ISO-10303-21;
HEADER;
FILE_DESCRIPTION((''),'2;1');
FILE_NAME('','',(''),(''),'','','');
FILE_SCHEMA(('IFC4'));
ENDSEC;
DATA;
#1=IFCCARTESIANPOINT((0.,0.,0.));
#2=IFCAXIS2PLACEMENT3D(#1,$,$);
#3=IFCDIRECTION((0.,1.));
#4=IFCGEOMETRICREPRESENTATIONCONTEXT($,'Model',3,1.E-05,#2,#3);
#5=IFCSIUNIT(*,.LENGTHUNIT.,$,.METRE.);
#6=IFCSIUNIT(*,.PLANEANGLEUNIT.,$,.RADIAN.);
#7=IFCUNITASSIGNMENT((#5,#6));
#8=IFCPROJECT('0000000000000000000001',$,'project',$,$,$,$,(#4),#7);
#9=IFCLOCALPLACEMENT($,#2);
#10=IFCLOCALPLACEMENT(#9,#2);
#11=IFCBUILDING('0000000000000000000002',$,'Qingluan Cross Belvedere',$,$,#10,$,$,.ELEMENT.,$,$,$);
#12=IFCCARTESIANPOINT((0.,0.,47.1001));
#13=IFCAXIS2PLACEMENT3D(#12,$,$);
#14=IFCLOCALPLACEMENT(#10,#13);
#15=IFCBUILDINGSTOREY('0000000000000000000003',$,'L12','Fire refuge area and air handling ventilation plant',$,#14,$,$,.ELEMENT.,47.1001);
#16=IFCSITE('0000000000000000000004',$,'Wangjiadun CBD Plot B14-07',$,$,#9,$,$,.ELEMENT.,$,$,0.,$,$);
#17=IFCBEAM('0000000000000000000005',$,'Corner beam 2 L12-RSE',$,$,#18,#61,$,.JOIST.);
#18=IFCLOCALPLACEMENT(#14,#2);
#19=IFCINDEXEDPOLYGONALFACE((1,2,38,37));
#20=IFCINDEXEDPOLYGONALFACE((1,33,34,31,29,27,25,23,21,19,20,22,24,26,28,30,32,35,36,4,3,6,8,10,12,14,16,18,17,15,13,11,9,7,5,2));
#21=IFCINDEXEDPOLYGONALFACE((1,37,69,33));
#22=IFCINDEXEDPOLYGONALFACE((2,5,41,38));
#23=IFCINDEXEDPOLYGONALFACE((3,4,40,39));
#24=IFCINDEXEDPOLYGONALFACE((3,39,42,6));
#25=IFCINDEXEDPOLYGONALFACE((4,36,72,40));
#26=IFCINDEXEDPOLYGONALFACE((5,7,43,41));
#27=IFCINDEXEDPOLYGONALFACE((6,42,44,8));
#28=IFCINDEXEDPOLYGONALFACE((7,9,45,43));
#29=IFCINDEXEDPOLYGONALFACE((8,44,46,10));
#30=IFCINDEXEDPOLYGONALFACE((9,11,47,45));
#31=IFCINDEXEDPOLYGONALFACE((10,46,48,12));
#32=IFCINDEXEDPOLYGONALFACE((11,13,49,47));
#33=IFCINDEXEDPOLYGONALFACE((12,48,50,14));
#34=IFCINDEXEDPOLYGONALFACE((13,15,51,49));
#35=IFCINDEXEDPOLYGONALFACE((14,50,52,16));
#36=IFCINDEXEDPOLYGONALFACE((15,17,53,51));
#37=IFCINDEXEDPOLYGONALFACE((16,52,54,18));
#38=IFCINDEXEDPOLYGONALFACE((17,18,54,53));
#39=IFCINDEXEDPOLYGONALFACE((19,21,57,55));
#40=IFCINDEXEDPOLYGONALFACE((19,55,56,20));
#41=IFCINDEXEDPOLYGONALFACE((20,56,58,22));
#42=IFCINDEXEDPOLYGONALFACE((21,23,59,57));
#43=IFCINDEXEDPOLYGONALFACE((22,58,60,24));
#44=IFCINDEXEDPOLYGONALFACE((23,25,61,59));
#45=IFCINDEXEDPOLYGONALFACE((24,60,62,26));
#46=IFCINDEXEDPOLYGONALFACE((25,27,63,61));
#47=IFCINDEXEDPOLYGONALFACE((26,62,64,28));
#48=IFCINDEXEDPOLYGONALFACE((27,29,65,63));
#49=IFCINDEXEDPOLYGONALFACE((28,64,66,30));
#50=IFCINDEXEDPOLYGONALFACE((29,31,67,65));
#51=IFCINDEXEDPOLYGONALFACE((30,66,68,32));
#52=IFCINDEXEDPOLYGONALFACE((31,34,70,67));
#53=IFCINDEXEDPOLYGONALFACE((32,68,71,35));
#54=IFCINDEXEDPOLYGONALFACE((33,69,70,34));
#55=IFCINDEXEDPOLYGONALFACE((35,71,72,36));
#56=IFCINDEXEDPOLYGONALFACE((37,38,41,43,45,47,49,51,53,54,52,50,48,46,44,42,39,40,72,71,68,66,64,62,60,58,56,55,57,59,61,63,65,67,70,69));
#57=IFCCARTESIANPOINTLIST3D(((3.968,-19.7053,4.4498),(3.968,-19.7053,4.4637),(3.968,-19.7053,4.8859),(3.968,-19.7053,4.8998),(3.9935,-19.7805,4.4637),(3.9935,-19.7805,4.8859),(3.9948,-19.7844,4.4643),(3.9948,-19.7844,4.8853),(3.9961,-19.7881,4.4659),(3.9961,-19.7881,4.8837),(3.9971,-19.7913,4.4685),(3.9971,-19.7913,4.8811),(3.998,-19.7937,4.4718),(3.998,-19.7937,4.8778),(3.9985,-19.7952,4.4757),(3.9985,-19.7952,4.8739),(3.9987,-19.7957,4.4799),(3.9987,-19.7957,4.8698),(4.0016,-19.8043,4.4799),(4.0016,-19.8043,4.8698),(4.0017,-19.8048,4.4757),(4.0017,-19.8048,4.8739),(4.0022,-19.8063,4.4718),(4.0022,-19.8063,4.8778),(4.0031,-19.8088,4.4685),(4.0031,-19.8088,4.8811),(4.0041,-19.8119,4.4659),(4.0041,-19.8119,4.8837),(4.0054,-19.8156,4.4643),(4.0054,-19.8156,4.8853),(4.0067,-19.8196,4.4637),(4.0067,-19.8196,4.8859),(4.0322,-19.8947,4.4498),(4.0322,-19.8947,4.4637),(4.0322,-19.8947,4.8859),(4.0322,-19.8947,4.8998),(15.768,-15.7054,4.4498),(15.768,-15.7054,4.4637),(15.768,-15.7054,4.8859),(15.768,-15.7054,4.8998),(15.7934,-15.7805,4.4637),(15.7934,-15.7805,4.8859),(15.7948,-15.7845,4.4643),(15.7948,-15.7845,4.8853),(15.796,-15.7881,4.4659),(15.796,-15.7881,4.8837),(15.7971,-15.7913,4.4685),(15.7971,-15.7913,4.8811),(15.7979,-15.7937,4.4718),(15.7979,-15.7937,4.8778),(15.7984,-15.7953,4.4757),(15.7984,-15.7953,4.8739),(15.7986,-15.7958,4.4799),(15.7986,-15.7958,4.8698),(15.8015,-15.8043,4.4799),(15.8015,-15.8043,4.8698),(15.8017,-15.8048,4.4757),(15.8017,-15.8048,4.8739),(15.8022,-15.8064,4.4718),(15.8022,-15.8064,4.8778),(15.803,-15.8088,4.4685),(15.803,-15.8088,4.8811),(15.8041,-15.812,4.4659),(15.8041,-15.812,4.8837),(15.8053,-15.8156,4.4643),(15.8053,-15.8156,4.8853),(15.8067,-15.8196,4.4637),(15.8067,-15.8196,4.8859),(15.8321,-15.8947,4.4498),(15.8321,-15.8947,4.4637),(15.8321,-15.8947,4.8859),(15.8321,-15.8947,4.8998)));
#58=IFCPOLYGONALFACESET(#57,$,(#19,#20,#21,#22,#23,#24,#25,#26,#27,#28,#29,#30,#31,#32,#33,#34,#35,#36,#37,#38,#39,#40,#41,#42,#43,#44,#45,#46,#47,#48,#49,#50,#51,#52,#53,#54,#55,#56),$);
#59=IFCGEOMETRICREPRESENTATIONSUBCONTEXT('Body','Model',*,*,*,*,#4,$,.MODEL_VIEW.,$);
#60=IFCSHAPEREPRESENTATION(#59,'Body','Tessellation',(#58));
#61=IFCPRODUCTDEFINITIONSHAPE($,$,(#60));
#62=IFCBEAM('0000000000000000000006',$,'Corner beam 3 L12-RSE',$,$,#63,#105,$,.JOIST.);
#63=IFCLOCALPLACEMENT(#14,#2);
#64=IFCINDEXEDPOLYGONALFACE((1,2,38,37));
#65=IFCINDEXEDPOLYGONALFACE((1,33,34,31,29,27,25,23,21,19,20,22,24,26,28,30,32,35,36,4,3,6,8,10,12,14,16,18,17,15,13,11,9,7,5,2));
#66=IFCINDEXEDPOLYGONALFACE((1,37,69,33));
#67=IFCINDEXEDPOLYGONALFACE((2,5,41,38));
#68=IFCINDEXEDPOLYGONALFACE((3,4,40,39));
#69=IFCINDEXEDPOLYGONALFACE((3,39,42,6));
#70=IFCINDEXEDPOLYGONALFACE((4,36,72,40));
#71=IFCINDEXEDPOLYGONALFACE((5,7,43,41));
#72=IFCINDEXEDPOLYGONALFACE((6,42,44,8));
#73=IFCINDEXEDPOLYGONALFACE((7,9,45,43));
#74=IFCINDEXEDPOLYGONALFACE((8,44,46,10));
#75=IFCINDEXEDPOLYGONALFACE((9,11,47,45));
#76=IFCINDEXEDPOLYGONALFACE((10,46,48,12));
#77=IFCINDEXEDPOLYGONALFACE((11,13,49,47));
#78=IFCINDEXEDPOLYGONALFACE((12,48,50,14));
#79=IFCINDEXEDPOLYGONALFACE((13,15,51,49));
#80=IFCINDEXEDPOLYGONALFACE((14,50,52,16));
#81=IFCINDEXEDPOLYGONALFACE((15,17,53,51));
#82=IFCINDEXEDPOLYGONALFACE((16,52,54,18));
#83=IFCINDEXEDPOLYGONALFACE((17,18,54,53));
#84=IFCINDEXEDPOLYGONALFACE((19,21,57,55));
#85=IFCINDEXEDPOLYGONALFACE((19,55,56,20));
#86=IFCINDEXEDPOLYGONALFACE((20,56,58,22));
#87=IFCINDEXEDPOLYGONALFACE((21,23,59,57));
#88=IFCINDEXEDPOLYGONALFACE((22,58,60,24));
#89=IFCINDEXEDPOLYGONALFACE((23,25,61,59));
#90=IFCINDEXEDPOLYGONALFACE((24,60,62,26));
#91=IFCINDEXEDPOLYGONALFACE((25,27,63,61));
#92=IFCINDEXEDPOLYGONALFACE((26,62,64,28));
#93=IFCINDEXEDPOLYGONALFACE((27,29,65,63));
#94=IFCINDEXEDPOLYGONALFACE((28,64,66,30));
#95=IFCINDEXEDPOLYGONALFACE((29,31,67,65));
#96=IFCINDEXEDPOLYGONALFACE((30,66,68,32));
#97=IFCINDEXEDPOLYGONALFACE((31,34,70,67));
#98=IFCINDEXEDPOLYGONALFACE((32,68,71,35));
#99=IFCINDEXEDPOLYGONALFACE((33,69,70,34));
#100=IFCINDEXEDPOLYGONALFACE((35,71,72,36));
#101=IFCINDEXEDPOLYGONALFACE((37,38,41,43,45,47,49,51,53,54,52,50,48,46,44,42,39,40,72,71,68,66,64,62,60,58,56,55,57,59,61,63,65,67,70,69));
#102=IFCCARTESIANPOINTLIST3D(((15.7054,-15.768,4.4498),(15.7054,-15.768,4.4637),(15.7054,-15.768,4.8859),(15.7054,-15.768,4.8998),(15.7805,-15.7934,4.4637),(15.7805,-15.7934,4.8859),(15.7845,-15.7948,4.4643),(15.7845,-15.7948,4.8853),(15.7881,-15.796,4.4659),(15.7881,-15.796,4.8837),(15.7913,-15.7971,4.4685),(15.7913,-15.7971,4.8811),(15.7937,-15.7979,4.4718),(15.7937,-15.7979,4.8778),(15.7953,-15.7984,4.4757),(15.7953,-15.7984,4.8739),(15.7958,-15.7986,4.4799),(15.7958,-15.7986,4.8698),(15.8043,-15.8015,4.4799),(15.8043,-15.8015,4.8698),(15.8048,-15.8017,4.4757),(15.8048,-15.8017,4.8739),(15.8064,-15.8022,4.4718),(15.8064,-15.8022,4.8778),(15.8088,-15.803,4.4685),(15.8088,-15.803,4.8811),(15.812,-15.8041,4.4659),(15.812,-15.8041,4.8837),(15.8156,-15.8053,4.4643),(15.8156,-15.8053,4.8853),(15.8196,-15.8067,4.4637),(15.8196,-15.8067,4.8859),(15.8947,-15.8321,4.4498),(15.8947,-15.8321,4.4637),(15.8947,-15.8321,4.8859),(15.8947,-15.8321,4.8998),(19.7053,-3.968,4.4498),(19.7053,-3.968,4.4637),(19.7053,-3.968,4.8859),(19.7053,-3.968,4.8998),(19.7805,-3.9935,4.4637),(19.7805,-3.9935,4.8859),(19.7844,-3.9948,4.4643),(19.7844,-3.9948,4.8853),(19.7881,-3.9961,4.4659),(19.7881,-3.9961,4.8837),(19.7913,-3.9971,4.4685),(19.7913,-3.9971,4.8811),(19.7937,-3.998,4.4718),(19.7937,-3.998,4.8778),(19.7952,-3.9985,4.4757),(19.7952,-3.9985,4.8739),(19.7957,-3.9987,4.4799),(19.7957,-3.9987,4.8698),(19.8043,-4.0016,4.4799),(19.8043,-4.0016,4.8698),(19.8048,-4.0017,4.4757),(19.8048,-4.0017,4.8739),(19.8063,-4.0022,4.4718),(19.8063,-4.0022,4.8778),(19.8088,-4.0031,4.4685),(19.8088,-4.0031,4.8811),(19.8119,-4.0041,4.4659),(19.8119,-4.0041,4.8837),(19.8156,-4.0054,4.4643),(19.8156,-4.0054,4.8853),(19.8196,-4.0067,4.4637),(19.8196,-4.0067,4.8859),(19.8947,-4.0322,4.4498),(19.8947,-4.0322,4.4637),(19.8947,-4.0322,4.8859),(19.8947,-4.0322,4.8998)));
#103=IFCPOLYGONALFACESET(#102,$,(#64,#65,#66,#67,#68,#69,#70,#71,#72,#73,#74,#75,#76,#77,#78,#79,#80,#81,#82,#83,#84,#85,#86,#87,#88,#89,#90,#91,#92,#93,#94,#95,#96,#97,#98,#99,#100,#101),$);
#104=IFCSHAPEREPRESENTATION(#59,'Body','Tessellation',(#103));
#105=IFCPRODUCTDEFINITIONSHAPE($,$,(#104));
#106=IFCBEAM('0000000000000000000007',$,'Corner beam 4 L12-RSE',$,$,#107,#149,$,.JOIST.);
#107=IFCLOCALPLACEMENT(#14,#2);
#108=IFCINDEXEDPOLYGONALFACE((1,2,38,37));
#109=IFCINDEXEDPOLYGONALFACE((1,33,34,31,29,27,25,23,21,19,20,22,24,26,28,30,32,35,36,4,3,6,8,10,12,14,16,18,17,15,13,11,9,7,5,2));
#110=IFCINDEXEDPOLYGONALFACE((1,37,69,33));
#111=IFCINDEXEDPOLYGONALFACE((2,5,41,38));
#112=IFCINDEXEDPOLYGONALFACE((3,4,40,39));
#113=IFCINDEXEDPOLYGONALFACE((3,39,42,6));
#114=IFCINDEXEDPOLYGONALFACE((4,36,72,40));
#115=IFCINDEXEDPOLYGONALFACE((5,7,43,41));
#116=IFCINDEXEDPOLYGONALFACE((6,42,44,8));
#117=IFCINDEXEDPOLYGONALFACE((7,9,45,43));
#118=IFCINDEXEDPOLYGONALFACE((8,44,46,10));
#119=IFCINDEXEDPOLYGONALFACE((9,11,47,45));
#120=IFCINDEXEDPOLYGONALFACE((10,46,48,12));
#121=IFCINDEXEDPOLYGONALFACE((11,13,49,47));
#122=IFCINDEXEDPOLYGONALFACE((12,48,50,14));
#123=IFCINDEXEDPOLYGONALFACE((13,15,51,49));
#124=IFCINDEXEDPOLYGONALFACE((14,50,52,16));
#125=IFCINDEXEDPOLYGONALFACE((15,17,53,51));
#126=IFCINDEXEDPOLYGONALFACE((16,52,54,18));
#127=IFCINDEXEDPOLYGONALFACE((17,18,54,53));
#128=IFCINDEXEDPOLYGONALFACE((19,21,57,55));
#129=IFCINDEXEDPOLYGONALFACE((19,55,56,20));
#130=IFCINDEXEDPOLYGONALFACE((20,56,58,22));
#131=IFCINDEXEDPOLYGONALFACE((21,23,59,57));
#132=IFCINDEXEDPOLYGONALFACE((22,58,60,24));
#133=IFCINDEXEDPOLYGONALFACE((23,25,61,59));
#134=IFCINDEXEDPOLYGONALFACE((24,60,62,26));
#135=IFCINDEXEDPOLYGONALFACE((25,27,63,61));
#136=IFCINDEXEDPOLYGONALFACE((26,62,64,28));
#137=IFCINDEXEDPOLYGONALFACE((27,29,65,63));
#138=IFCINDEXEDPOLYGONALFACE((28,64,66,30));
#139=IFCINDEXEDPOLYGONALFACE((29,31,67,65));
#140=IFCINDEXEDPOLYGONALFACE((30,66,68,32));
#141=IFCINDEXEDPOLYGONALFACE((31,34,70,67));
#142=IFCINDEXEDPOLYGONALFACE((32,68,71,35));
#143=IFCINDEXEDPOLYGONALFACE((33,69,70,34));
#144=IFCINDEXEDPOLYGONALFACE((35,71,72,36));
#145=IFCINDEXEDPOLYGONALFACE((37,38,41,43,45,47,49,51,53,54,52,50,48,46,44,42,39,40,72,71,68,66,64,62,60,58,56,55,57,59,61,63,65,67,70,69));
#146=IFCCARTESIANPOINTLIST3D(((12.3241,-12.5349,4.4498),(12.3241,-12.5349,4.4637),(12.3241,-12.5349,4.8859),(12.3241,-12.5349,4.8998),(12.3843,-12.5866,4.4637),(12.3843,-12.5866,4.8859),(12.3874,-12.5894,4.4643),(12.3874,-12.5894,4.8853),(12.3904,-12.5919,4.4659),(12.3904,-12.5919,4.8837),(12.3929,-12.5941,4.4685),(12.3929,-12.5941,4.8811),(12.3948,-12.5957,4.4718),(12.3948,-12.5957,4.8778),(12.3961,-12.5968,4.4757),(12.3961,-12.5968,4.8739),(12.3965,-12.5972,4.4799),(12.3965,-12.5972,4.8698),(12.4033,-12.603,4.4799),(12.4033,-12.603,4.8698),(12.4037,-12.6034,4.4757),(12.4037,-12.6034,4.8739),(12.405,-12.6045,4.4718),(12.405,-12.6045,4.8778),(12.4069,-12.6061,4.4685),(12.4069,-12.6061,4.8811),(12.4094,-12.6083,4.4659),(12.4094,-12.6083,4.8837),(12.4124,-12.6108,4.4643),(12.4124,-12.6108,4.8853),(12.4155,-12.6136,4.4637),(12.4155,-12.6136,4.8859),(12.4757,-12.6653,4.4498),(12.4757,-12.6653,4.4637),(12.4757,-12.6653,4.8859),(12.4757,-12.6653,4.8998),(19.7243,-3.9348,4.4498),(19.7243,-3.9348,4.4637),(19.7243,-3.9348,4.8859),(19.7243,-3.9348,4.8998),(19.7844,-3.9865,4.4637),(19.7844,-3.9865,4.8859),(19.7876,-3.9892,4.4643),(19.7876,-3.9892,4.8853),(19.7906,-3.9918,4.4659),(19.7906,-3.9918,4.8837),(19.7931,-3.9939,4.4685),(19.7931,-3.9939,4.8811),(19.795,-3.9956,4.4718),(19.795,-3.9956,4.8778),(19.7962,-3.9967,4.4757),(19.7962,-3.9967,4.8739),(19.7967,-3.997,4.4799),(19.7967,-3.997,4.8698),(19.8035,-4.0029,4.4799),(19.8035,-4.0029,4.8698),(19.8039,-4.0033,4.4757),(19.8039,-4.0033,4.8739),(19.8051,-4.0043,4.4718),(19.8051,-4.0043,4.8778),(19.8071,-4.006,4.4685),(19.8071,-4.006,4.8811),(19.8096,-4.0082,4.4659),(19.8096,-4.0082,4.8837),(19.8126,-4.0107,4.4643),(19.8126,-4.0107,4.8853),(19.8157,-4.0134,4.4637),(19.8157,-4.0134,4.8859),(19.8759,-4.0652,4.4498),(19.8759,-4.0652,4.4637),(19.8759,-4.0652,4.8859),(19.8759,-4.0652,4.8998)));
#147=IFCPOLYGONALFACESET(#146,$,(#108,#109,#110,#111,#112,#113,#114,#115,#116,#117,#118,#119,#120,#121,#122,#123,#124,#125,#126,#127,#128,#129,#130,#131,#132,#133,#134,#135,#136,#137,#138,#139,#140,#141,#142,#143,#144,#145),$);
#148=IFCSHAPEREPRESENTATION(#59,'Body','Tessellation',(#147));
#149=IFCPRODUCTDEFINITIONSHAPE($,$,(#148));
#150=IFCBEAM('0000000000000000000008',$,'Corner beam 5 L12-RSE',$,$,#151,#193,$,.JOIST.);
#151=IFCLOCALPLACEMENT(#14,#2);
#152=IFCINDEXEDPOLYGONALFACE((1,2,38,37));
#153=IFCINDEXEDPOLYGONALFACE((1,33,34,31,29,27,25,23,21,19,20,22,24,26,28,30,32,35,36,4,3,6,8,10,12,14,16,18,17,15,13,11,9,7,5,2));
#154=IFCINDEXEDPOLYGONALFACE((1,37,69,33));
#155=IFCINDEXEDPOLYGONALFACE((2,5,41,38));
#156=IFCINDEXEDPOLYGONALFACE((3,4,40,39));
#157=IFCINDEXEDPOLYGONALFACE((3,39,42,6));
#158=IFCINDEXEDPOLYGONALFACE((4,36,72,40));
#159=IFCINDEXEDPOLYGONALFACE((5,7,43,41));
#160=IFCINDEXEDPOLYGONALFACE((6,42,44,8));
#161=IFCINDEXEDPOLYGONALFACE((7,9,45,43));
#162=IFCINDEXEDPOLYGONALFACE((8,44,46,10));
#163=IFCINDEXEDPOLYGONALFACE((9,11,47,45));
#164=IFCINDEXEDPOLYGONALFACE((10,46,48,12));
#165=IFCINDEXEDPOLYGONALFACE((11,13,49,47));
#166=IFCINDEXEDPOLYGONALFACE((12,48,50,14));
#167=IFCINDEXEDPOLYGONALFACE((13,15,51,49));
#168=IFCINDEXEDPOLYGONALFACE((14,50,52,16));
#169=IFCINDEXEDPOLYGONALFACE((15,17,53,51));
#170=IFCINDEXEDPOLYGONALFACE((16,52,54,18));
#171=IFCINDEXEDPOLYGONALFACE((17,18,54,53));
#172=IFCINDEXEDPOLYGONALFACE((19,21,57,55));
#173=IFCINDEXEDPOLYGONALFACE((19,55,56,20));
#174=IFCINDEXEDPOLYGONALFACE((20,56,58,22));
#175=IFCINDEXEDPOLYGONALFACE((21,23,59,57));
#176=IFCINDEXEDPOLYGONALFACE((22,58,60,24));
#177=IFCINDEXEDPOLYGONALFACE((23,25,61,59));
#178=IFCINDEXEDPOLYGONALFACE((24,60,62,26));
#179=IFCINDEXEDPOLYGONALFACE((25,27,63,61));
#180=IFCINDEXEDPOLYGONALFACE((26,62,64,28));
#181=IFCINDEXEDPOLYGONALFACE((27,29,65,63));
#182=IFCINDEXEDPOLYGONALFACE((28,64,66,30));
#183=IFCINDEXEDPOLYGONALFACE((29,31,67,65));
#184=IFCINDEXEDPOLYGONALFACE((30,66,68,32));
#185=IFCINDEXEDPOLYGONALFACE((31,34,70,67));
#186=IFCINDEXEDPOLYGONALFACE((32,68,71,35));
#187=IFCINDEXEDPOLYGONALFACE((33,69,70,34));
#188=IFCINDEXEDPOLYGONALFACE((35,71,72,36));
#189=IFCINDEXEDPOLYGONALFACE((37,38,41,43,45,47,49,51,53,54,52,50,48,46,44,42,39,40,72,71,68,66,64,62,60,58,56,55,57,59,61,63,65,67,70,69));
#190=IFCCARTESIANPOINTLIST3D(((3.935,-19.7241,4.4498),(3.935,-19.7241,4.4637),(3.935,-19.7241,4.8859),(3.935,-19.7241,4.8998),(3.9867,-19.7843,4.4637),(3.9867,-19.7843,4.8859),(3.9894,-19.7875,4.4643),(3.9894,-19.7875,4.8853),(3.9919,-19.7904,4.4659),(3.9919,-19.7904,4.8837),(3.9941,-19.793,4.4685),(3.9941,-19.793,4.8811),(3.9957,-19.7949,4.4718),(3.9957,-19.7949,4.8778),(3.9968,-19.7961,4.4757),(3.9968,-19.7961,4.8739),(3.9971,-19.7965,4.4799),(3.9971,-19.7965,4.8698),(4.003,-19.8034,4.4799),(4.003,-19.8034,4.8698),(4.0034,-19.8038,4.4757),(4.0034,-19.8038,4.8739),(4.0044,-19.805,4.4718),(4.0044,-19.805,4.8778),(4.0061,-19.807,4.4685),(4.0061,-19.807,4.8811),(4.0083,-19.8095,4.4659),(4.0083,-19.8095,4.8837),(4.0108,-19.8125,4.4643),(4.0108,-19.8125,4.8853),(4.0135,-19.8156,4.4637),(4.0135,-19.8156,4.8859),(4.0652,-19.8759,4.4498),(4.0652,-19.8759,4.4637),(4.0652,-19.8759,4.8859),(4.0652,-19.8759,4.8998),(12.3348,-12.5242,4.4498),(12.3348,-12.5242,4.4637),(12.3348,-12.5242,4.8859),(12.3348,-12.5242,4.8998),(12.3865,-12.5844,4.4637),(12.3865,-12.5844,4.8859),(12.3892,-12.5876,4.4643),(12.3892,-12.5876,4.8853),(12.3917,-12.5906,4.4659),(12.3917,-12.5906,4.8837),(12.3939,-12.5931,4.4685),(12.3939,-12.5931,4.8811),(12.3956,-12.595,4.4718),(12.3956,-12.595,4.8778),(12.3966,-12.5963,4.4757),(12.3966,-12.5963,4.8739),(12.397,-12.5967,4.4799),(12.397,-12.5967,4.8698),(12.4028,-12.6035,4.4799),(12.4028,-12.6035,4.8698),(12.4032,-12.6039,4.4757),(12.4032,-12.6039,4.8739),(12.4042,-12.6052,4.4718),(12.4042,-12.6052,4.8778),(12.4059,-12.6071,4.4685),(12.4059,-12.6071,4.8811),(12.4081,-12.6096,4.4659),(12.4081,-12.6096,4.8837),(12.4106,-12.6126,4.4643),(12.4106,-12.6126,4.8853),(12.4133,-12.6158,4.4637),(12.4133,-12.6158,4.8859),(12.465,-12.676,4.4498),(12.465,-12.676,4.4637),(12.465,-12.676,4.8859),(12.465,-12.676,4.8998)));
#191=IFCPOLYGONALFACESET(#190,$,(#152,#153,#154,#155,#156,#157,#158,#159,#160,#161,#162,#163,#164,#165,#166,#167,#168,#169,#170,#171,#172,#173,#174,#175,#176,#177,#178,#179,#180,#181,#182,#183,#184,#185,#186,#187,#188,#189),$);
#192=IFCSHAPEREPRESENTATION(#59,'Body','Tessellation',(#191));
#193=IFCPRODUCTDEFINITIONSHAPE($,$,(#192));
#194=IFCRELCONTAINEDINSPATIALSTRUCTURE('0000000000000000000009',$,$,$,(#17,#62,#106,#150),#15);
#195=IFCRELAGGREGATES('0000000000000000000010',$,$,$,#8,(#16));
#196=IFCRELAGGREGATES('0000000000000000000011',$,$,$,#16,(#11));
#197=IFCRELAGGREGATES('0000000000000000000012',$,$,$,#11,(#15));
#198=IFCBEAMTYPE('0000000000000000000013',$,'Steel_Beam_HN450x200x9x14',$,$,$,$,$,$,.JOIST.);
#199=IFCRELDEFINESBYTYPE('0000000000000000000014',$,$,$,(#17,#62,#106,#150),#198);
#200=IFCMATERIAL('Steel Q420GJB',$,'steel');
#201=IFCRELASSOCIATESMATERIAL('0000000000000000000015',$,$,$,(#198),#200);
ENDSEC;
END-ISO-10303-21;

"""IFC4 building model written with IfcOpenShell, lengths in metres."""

from ifc_helpers import new_model, si_unit, direction, frame, origin, origin_2d, place, context, subcontext, project, spatial, i_section, extrude, material, material_profile, profile_set, type_object, element, save


model = new_model("IFC4")

# Units and contexts
model_context = context("Model", 3, precision=1e-05, world=origin(), true_north=direction((0.0, 1.0)))
body_context = subcontext(model_context, "Body", "Model", "MODEL_VIEW")
ifc_project = project(units=[si_unit("LENGTHUNIT", "METRE"), si_unit("PLANEANGLEUNIT", "RADIAN")], contexts=[model_context])

# Site, building, storey
site_placement = place(None, origin())
site = spatial("IfcSite", under=ifc_project, at=site_placement, Name="Wangjiadun CBD Plot B14-07", CompositionType="ELEMENT", RefElevation=0.0)
building_placement = place(site_placement, origin())
building = spatial("IfcBuilding", under=site, at=building_placement, Name="Qingluan Cross Belvedere", CompositionType="ELEMENT")
storey_placement = place(building_placement, frame((0.0, 0.0, 47.1001)))
storey = spatial("IfcBuildingStorey", under=building, at=storey_placement, Name="L12", Description="Fire refuge area and air handling ventilation plant", CompositionType="ELEMENT", Elevation=47.1001)

# Beams
ifc_material_1 = material(Name="Steel Q420GJB", Category="steel")
ifc_material_profile_1 = material_profile(ifc_material_1, i_section(OverallWidth=0.2, OverallDepth=0.45, WebThickness=0.009, FlangeThickness=0.0139, FilletRadius=0.0161, at=origin_2d()), Name="HN450x200x9x14")
ifc_profile_set_1 = profile_set([ifc_material_profile_1], Name="Steel Q420GJB")
beam_type_1 = type_object("IfcBeamType", Name="Steel_Beam_HN450x200x9x14", PredefinedType="JOIST", material=ifc_profile_set_1)
for number, where, z_axis, x_axis, name in (
    (1, (15.8, -15.8, 4.6748), (-0.947066, -0.321038, 0.0), (0.321038, -0.947066, 0.0), "Corner beam 2 L12-RSE"),
    (2, (15.8, -15.8, 4.6748), (0.321038, 0.947066, 0.0), (-0.947066, 0.321038, 0.0), "Corner beam 3 L12-RSE"),
):
    element("IfcBeam", number, at=place(storey_placement, frame(where, z_axis=z_axis, x_axis=x_axis)), inside=storey, type_object=beam_type_1, Name=name, PredefinedType="JOIST", context=body_context, shape_type="SweptSolid", body=[
        extrude(i_section(OverallWidth=0.2, OverallDepth=0.45, WebThickness=0.009, FlangeThickness=0.0139, FilletRadius=0.0161, at=origin_2d()), origin(), (0.0, 0.0, 1.0), 12.4595),
    ])
beam_1_placement = place(storey_placement, frame((12.3999, -12.6001, 4.6748), z_axis=(0.652245, 0.758008, 0.0), x_axis=(-0.758008, 0.652245, 0.0)))
element("IfcBeam", 3, at=beam_1_placement, inside=storey, type_object=beam_type_1, Name="Corner beam 4 L12-RSE", PredefinedType="JOIST", context=body_context, shape_type="SweptSolid", body=[
    extrude(i_section(OverallWidth=0.2, OverallDepth=0.45, WebThickness=0.009, FlangeThickness=0.0139, FilletRadius=0.0161, at=origin_2d()), origin(), (0.0, 0.0, 1.0), 11.3457),
])
beam_2_placement = place(storey_placement, frame((12.3999, -12.6001, 4.6748), z_axis=(-0.759255, -0.650793, 0.0), x_axis=(0.650793, -0.759255, 0.0)))
element("IfcBeam", 4, at=beam_2_placement, inside=storey, type_object=beam_type_1, Name="Corner beam 5 L12-RSE", PredefinedType="JOIST", context=body_context, shape_type="SweptSolid", body=[
    extrude(i_section(OverallWidth=0.2, OverallDepth=0.45, WebThickness=0.009, FlangeThickness=0.0139, FilletRadius=0.0161, at=origin_2d()), origin(), (0.0, 0.0, 1.0), 11.0632),
])

save(model, "model.ifc")
